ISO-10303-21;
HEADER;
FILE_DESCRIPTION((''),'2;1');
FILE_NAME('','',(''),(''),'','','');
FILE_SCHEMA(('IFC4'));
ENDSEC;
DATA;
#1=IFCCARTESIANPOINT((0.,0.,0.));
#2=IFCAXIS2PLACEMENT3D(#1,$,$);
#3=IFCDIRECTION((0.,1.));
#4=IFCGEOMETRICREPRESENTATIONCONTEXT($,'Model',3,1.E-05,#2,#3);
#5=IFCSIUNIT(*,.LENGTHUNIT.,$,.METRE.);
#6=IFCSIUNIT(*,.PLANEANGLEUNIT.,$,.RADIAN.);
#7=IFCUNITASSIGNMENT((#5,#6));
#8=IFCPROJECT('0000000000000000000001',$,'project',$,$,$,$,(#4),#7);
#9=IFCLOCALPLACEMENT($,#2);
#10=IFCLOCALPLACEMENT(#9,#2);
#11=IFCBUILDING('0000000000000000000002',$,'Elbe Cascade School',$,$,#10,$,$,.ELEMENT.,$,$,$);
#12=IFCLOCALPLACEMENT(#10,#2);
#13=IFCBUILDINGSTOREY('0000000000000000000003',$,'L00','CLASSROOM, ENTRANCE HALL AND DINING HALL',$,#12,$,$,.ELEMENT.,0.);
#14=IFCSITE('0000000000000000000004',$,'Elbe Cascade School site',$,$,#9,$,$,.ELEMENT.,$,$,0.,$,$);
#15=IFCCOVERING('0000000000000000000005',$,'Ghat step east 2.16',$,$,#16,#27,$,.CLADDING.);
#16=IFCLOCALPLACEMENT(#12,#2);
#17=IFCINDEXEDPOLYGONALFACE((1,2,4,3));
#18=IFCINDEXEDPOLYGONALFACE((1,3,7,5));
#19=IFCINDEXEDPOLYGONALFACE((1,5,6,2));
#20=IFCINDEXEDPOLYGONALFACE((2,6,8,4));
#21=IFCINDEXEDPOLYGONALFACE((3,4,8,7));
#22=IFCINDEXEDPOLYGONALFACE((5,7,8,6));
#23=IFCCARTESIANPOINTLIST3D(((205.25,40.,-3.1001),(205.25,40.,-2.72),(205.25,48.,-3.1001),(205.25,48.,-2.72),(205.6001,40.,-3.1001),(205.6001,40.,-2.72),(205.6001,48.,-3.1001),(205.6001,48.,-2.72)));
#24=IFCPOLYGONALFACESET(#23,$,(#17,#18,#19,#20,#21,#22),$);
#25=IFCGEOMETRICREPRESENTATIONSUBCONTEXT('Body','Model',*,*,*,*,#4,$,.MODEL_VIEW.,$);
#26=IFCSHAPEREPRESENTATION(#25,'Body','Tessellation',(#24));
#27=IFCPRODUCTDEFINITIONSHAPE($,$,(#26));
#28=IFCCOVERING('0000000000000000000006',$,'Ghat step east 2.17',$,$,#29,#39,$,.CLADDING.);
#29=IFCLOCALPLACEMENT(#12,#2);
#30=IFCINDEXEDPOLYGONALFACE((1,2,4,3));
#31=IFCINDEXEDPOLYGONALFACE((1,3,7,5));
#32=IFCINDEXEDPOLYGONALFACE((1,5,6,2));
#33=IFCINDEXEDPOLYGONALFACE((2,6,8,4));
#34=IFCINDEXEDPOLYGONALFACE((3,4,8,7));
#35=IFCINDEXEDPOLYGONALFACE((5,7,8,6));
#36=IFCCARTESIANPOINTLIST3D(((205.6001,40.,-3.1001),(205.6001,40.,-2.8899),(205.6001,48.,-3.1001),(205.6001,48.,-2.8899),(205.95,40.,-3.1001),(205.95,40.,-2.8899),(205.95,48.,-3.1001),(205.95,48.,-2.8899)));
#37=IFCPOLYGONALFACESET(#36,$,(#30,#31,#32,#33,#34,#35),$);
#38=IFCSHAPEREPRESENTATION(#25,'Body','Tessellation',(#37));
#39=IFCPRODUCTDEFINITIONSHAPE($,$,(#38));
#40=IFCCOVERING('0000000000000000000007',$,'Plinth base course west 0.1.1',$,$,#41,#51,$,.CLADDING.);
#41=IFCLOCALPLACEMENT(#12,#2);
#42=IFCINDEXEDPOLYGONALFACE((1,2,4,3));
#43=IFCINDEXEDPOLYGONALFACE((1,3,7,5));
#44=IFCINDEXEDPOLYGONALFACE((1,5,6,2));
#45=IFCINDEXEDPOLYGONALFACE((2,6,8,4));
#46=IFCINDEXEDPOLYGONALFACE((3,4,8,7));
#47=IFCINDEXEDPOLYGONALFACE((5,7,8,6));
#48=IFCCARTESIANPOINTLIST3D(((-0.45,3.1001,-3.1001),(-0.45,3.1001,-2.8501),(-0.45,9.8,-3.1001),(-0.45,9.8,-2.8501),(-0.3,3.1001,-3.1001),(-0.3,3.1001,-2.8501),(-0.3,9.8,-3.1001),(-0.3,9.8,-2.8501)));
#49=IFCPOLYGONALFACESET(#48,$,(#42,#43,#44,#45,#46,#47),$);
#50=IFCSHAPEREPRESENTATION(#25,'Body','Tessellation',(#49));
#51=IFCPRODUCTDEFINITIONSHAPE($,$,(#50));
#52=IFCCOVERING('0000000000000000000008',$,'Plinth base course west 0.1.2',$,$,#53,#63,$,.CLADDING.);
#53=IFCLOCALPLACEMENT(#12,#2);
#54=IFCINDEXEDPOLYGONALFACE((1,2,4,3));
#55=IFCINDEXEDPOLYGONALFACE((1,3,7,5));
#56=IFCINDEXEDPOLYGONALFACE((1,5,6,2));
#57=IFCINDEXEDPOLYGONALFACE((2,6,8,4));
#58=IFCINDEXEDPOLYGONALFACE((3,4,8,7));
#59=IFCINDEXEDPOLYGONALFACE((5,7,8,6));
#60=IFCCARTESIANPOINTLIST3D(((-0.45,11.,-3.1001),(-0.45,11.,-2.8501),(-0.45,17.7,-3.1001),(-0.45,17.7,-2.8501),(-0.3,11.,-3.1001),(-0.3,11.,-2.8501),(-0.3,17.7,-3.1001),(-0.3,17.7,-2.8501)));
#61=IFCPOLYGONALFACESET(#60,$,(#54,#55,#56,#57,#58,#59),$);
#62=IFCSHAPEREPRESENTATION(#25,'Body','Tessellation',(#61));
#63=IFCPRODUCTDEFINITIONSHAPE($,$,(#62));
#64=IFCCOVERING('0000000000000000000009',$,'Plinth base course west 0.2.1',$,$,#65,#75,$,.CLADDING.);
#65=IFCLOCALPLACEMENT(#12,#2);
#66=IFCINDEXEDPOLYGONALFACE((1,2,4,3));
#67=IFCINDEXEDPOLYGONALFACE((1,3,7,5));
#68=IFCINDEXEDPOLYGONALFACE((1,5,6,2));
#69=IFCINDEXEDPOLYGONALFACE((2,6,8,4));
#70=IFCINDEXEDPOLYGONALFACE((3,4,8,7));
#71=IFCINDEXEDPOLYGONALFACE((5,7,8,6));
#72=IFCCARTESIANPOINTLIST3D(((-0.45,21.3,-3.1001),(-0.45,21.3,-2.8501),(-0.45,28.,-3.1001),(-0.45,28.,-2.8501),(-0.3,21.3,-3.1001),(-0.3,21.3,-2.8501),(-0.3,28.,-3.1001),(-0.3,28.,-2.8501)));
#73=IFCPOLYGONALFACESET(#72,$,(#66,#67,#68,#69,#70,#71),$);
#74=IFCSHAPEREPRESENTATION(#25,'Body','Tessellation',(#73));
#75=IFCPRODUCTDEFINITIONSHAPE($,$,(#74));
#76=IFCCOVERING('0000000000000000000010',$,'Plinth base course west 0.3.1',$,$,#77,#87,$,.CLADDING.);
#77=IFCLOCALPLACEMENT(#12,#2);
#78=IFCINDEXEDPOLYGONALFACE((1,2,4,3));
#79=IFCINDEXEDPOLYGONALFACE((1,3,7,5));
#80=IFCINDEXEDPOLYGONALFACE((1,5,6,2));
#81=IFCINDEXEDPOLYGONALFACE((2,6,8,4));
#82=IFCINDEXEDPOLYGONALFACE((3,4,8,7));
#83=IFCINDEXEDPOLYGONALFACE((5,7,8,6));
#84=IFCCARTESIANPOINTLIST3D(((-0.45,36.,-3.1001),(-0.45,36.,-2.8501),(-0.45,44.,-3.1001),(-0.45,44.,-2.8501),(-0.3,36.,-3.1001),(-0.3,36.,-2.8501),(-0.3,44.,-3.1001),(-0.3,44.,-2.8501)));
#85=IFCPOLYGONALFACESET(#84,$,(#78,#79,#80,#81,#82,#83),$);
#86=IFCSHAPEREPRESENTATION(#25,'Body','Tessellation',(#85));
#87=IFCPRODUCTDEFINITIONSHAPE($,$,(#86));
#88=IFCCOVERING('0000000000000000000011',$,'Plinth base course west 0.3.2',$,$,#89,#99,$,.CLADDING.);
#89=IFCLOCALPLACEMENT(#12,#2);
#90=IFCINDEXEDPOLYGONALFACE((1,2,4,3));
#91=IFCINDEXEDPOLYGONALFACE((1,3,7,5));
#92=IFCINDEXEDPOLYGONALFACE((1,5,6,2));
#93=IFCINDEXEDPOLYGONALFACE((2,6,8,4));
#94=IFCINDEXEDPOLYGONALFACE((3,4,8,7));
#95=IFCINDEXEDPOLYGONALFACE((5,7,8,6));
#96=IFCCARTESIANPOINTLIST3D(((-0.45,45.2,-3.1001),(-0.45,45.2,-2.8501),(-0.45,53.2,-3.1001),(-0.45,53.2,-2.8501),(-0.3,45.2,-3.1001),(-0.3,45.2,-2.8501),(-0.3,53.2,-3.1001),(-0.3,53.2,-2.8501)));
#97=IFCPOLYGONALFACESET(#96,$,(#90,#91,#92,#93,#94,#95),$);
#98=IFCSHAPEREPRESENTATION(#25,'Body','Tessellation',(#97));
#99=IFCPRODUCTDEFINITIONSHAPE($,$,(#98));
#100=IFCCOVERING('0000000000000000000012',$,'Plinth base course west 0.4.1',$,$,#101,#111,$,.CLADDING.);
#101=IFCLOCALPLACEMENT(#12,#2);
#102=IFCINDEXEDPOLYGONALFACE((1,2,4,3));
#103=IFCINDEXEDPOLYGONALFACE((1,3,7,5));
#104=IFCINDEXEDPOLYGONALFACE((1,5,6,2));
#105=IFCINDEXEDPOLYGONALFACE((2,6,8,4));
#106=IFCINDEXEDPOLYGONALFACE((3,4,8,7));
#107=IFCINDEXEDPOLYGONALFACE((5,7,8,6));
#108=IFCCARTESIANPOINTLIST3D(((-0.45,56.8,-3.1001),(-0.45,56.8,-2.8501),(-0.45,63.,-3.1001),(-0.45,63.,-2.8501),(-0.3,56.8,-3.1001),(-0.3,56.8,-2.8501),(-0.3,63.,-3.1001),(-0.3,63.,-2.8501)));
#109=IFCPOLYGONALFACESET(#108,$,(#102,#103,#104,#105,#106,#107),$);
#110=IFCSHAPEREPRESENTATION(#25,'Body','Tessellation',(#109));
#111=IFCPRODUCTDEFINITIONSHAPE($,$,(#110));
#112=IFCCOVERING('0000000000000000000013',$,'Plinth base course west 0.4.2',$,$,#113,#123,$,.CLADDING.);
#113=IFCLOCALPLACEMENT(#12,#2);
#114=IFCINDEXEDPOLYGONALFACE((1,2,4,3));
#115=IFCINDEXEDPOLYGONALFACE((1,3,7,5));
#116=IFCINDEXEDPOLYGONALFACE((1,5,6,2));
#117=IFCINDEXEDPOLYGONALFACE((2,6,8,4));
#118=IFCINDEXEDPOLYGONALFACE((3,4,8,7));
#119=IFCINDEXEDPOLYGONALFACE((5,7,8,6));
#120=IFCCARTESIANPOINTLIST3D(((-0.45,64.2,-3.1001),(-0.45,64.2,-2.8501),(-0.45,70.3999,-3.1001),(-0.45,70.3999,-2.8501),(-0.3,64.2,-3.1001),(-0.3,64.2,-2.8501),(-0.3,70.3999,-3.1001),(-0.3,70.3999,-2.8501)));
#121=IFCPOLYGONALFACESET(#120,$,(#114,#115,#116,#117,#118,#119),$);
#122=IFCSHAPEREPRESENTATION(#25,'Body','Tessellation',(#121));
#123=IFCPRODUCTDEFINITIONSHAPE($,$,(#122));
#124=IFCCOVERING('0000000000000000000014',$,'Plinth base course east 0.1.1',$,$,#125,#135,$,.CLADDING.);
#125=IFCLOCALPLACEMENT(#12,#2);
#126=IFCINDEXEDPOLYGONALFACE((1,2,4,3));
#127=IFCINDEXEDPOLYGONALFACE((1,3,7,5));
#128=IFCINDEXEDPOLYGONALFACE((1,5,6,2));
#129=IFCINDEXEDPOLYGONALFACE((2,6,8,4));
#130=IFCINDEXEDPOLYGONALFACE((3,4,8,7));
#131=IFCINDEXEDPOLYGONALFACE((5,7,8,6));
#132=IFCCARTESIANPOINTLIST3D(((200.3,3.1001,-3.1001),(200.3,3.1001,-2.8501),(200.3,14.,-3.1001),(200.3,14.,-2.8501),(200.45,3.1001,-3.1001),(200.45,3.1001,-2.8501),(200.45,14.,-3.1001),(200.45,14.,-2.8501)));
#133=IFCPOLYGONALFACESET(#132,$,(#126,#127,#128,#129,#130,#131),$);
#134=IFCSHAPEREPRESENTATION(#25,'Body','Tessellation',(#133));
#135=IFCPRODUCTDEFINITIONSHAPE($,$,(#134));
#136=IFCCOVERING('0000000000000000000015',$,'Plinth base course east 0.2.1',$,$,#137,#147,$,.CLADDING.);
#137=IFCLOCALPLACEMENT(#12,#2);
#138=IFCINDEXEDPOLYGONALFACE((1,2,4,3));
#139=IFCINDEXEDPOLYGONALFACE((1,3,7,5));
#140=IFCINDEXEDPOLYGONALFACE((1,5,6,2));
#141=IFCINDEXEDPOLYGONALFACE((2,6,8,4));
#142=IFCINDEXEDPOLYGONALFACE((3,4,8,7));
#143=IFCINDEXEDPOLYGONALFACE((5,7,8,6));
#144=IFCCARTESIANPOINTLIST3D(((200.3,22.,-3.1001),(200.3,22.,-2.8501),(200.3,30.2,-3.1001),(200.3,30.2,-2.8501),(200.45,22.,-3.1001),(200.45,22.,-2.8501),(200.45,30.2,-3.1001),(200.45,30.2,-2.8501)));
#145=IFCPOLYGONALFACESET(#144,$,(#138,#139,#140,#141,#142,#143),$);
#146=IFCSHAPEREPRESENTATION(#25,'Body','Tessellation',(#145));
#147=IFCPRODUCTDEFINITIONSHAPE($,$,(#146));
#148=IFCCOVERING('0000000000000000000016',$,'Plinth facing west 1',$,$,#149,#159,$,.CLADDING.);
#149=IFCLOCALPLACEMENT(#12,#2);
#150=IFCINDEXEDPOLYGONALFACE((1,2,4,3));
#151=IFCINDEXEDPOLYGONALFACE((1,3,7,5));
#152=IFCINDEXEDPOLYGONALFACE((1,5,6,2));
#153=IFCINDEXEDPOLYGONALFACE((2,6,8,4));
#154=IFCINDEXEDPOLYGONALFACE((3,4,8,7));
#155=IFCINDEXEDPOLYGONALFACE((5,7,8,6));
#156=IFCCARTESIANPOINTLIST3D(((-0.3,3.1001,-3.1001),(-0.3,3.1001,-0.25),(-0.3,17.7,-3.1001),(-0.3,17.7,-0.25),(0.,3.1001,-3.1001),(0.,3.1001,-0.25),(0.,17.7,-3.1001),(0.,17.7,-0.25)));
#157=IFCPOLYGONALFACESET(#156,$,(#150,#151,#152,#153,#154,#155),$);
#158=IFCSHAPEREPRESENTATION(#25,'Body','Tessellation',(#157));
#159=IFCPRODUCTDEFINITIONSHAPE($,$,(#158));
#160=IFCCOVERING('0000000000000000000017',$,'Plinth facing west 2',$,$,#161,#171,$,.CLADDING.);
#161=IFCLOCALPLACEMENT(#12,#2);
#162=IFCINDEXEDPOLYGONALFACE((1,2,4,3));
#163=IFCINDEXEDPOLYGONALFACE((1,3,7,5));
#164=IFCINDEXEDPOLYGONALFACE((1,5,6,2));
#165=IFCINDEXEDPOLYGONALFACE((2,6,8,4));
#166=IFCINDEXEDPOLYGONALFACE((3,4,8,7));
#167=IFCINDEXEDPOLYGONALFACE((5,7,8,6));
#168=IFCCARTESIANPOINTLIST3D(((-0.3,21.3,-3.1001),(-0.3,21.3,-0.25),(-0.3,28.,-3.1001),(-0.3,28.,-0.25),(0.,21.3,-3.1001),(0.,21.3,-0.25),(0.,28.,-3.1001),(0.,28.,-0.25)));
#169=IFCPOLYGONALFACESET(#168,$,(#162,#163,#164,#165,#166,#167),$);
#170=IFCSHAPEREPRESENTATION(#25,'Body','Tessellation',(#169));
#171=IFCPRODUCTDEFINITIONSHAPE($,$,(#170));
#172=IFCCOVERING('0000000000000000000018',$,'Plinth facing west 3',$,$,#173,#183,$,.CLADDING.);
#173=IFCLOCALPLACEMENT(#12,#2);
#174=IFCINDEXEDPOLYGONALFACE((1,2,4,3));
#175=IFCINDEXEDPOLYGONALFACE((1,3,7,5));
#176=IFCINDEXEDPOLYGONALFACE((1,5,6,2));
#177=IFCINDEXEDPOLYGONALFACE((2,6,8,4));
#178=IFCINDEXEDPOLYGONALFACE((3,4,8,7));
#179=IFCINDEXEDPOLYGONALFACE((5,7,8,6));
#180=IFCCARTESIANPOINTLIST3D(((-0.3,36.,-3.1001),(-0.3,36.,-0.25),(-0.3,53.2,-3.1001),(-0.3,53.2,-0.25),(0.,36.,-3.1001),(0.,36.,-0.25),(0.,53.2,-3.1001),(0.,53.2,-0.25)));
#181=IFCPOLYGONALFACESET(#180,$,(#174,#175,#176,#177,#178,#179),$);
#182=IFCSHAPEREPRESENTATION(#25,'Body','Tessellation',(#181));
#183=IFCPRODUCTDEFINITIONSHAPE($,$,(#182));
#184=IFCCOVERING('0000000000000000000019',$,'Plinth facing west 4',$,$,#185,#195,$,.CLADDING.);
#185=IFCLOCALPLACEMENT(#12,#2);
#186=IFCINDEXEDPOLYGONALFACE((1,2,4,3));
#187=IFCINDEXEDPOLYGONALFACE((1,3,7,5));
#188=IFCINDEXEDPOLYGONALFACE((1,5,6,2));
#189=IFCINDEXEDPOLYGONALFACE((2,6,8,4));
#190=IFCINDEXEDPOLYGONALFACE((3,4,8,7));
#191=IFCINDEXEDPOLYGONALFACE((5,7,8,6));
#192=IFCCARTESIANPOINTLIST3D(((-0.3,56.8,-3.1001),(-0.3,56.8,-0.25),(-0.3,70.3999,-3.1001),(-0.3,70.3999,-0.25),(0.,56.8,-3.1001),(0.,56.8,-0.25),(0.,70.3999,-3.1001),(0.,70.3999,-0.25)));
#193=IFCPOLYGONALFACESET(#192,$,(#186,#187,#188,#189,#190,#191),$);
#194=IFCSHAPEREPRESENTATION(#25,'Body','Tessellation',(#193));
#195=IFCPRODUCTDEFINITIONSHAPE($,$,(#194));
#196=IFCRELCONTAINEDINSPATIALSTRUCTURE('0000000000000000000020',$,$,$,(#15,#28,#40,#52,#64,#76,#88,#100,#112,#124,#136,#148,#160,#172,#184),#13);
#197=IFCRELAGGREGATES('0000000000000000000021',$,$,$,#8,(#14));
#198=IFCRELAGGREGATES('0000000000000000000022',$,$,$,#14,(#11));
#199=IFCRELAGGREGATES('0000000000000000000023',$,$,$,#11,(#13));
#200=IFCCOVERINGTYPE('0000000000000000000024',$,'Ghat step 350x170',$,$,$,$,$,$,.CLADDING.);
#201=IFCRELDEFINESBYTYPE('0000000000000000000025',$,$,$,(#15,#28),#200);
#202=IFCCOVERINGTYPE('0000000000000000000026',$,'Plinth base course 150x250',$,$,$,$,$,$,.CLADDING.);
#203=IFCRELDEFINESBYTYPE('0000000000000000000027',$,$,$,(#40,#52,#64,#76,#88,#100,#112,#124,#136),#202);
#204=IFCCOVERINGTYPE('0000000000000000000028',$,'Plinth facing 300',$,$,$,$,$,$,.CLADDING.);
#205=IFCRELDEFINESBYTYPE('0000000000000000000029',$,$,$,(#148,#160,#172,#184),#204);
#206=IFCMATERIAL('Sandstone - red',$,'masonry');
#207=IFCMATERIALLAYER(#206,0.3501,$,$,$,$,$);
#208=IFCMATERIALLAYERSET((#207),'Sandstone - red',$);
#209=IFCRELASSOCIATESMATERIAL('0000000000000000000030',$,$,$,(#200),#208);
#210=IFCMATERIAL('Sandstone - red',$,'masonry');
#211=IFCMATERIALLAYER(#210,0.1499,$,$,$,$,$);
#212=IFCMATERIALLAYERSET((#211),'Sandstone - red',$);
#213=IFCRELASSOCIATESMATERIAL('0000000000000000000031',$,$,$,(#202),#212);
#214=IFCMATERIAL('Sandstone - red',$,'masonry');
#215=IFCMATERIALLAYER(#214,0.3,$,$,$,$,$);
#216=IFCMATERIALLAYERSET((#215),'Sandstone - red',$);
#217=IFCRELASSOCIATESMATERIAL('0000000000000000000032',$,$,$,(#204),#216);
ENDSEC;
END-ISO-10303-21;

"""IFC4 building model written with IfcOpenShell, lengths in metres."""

from ifc_helpers import new_model, si_unit, direction, frame, origin, place, context, subcontext, project, spatial, polyline, outline, extrude, material, layer, layer_set, type_object, element, save


model = new_model("IFC4")

# Units and contexts
model_context = context("Model", 3, precision=1e-05, world=origin(), true_north=direction((0.0, 1.0)))
body_context = subcontext(model_context, "Body", "Model", "MODEL_VIEW")
ifc_project = project(units=[si_unit("LENGTHUNIT", "METRE"), si_unit("PLANEANGLEUNIT", "RADIAN")], contexts=[model_context])

# Site, building, storey
site_placement = place(None, origin())
site = spatial("IfcSite", under=ifc_project, at=site_placement, Name="Elbe Cascade School site", CompositionType="ELEMENT", RefElevation=0.0)
building_placement = place(site_placement, origin())
building = spatial("IfcBuilding", under=site, at=building_placement, Name="Elbe Cascade School", CompositionType="ELEMENT")
storey_placement = place(building_placement, origin())
storey = spatial("IfcBuildingStorey", under=building, at=storey_placement, Name="L00", Description="CLASSROOM, ENTRANCE HALL AND DINING HALL", CompositionType="ELEMENT", Elevation=0.0)

# Coverings
ifc_material_1 = material(Name="Sandstone - red", Category="masonry")
ifc_layer_1 = layer(ifc_material_1, 0.3501)
ifc_layer_set_1 = layer_set([ifc_layer_1], Name="Sandstone - red")
covering_type_1 = type_object("IfcCoveringType", Name="Ghat step 350x170", PredefinedType="CLADDING", material=ifc_layer_set_1)
covering_1_placement = place(storey_placement, frame((0.0, 0.0, -3.1001)))
element("IfcCovering", 1, at=covering_1_placement, inside=storey, type_object=covering_type_1, Name="Ghat step east 2.16", PredefinedType="CLADDING", context=body_context, shape_type="SweptSolid", body=[
    extrude(outline(polyline([(205.25, 40.0), (205.6001, 40.0), (205.6001, 48.0), (205.25, 48.0), (205.25, 40.0)])), origin(), (0.0, 0.0, 1.0), 0.3801),
])
covering_2_placement = place(storey_placement, frame((0.0, 0.0, -3.1001)))
element("IfcCovering", 2, at=covering_2_placement, inside=storey, type_object=covering_type_1, Name="Ghat step east 2.17", PredefinedType="CLADDING", context=body_context, shape_type="SweptSolid", body=[
    extrude(outline(polyline([(205.6001, 40.0), (205.95, 40.0), (205.95, 48.0), (205.6001, 48.0), (205.6001, 40.0)])), origin(), (0.0, 0.0, 1.0), 0.2102),
])
ifc_material_2 = material(Name="Sandstone - red", Category="masonry")
ifc_layer_2 = layer(ifc_material_2, 0.1499)
ifc_layer_set_2 = layer_set([ifc_layer_2], Name="Sandstone - red")
covering_type_2 = type_object("IfcCoveringType", Name="Plinth base course 150x250", PredefinedType="CLADDING", material=ifc_layer_set_2)
covering_3_placement = place(storey_placement, frame((0.0, 0.0, -3.1001)))
element("IfcCovering", 3, at=covering_3_placement, inside=storey, type_object=covering_type_2, Name="Plinth base course west 0.1.1", PredefinedType="CLADDING", context=body_context, shape_type="SweptSolid", body=[
    extrude(outline(polyline([(-0.45, 3.1001), (-0.3, 3.1001), (-0.3, 9.8), (-0.45, 9.8), (-0.45, 3.1001)])), origin(), (0.0, 0.0, 1.0), 0.25),
])
covering_4_placement = place(storey_placement, frame((0.0, 0.0, -3.1001)))
element("IfcCovering", 4, at=covering_4_placement, inside=storey, type_object=covering_type_2, Name="Plinth base course west 0.1.2", PredefinedType="CLADDING", context=body_context, shape_type="SweptSolid", body=[
    extrude(outline(polyline([(-0.45, 11.0), (-0.3, 11.0), (-0.3, 17.7), (-0.45, 17.7), (-0.45, 11.0)])), origin(), (0.0, 0.0, 1.0), 0.25),
])
covering_5_placement = place(storey_placement, frame((0.0, 0.0, -3.1001)))
element("IfcCovering", 5, at=covering_5_placement, inside=storey, type_object=covering_type_2, Name="Plinth base course west 0.2.1", PredefinedType="CLADDING", context=body_context, shape_type="SweptSolid", body=[
    extrude(outline(polyline([(-0.45, 21.3), (-0.3, 21.3), (-0.3, 28.0), (-0.45, 28.0), (-0.45, 21.3)])), origin(), (0.0, 0.0, 1.0), 0.25),
])
covering_6_placement = place(storey_placement, frame((0.0, 0.0, -3.1001)))
element("IfcCovering", 6, at=covering_6_placement, inside=storey, type_object=covering_type_2, Name="Plinth base course west 0.3.1", PredefinedType="CLADDING", context=body_context, shape_type="SweptSolid", body=[
    extrude(outline(polyline([(-0.45, 36.0), (-0.3, 36.0), (-0.3, 44.0), (-0.45, 44.0), (-0.45, 36.0)])), origin(), (0.0, 0.0, 1.0), 0.25),
])
covering_7_placement = place(storey_placement, frame((0.0, 0.0, -3.1001)))
element("IfcCovering", 7, at=covering_7_placement, inside=storey, type_object=covering_type_2, Name="Plinth base course west 0.3.2", PredefinedType="CLADDING", context=body_context, shape_type="SweptSolid", body=[
    extrude(outline(polyline([(-0.45, 45.2), (-0.3, 45.2), (-0.3, 53.2), (-0.45, 53.2), (-0.45, 45.2)])), origin(), (0.0, 0.0, 1.0), 0.25),
])
covering_8_placement = place(storey_placement, frame((0.0, 0.0, -3.1001)))
element("IfcCovering", 8, at=covering_8_placement, inside=storey, type_object=covering_type_2, Name="Plinth base course west 0.4.1", PredefinedType="CLADDING", context=body_context, shape_type="SweptSolid", body=[
    extrude(outline(polyline([(-0.45, 56.8), (-0.3, 56.8), (-0.3, 63.0), (-0.45, 63.0), (-0.45, 56.8)])), origin(), (0.0, 0.0, 1.0), 0.25),
])
covering_9_placement = place(storey_placement, frame((0.0, 0.0, -3.1001)))
element("IfcCovering", 9, at=covering_9_placement, inside=storey, type_object=covering_type_2, Name="Plinth base course west 0.4.2", PredefinedType="CLADDING", context=body_context, shape_type="SweptSolid", body=[
    extrude(outline(polyline([(-0.45, 64.2), (-0.3, 64.2), (-0.3, 70.3999), (-0.45, 70.3999), (-0.45, 64.2)])), origin(), (0.0, 0.0, 1.0), 0.25),
])
covering_10_placement = place(storey_placement, frame((0.0, 0.0, -3.1001)))
element("IfcCovering", 10, at=covering_10_placement, inside=storey, type_object=covering_type_2, Name="Plinth base course east 0.1.1", PredefinedType="CLADDING", context=body_context, shape_type="SweptSolid", body=[
    extrude(outline(polyline([(200.3, 3.1001), (200.45, 3.1001), (200.45, 14.0), (200.3, 14.0), (200.3, 3.1001)])), origin(), (0.0, 0.0, 1.0), 0.25),
])
covering_11_placement = place(storey_placement, frame((0.0, 0.0, -3.1001)))
element("IfcCovering", 11, at=covering_11_placement, inside=storey, type_object=covering_type_2, Name="Plinth base course east 0.2.1", PredefinedType="CLADDING", context=body_context, shape_type="SweptSolid", body=[
    extrude(outline(polyline([(200.3, 22.0), (200.45, 22.0), (200.45, 30.2), (200.3, 30.2), (200.3, 22.0)])), origin(), (0.0, 0.0, 1.0), 0.25),
])
ifc_material_3 = material(Name="Sandstone - red", Category="masonry")
ifc_layer_3 = layer(ifc_material_3, 0.3)
ifc_layer_set_3 = layer_set([ifc_layer_3], Name="Sandstone - red")
covering_type_3 = type_object("IfcCoveringType", Name="Plinth facing 300", PredefinedType="CLADDING", material=ifc_layer_set_3)
covering_12_placement = place(storey_placement, frame((0.0, 0.0, -3.1001)))
element("IfcCovering", 12, at=covering_12_placement, inside=storey, type_object=covering_type_3, Name="Plinth facing west 1", PredefinedType="CLADDING", context=body_context, shape_type="SweptSolid", body=[
    extrude(outline(polyline([(-0.3, 3.1001), (0.0, 3.1001), (0.0, 17.7), (-0.3, 17.7), (-0.3, 3.1001)])), origin(), (0.0, 0.0, 1.0), 2.8501),
])
covering_13_placement = place(storey_placement, frame((0.0, 0.0, -3.1001)))
element("IfcCovering", 13, at=covering_13_placement, inside=storey, type_object=covering_type_3, Name="Plinth facing west 2", PredefinedType="CLADDING", context=body_context, shape_type="SweptSolid", body=[
    extrude(outline(polyline([(-0.3, 21.3), (0.0, 21.3), (0.0, 28.0), (-0.3, 28.0), (-0.3, 21.3)])), origin(), (0.0, 0.0, 1.0), 2.8501),
])
covering_14_placement = place(storey_placement, frame((0.0, 0.0, -3.1001)))
element("IfcCovering", 14, at=covering_14_placement, inside=storey, type_object=covering_type_3, Name="Plinth facing west 3", PredefinedType="CLADDING", context=body_context, shape_type="SweptSolid", body=[
    extrude(outline(polyline([(-0.3, 36.0), (0.0, 36.0), (0.0, 53.2), (-0.3, 53.2), (-0.3, 36.0)])), origin(), (0.0, 0.0, 1.0), 2.8501),
])
covering_15_placement = place(storey_placement, frame((0.0, 0.0, -3.1001)))
element("IfcCovering", 15, at=covering_15_placement, inside=storey, type_object=covering_type_3, Name="Plinth facing west 4", PredefinedType="CLADDING", context=body_context, shape_type="SweptSolid", body=[
    extrude(outline(polyline([(-0.3, 56.8), (0.0, 56.8), (0.0, 70.3999), (-0.3, 70.3999), (-0.3, 56.8)])), origin(), (0.0, 0.0, 1.0), 2.8501),
])

save(model, "model.ifc")
